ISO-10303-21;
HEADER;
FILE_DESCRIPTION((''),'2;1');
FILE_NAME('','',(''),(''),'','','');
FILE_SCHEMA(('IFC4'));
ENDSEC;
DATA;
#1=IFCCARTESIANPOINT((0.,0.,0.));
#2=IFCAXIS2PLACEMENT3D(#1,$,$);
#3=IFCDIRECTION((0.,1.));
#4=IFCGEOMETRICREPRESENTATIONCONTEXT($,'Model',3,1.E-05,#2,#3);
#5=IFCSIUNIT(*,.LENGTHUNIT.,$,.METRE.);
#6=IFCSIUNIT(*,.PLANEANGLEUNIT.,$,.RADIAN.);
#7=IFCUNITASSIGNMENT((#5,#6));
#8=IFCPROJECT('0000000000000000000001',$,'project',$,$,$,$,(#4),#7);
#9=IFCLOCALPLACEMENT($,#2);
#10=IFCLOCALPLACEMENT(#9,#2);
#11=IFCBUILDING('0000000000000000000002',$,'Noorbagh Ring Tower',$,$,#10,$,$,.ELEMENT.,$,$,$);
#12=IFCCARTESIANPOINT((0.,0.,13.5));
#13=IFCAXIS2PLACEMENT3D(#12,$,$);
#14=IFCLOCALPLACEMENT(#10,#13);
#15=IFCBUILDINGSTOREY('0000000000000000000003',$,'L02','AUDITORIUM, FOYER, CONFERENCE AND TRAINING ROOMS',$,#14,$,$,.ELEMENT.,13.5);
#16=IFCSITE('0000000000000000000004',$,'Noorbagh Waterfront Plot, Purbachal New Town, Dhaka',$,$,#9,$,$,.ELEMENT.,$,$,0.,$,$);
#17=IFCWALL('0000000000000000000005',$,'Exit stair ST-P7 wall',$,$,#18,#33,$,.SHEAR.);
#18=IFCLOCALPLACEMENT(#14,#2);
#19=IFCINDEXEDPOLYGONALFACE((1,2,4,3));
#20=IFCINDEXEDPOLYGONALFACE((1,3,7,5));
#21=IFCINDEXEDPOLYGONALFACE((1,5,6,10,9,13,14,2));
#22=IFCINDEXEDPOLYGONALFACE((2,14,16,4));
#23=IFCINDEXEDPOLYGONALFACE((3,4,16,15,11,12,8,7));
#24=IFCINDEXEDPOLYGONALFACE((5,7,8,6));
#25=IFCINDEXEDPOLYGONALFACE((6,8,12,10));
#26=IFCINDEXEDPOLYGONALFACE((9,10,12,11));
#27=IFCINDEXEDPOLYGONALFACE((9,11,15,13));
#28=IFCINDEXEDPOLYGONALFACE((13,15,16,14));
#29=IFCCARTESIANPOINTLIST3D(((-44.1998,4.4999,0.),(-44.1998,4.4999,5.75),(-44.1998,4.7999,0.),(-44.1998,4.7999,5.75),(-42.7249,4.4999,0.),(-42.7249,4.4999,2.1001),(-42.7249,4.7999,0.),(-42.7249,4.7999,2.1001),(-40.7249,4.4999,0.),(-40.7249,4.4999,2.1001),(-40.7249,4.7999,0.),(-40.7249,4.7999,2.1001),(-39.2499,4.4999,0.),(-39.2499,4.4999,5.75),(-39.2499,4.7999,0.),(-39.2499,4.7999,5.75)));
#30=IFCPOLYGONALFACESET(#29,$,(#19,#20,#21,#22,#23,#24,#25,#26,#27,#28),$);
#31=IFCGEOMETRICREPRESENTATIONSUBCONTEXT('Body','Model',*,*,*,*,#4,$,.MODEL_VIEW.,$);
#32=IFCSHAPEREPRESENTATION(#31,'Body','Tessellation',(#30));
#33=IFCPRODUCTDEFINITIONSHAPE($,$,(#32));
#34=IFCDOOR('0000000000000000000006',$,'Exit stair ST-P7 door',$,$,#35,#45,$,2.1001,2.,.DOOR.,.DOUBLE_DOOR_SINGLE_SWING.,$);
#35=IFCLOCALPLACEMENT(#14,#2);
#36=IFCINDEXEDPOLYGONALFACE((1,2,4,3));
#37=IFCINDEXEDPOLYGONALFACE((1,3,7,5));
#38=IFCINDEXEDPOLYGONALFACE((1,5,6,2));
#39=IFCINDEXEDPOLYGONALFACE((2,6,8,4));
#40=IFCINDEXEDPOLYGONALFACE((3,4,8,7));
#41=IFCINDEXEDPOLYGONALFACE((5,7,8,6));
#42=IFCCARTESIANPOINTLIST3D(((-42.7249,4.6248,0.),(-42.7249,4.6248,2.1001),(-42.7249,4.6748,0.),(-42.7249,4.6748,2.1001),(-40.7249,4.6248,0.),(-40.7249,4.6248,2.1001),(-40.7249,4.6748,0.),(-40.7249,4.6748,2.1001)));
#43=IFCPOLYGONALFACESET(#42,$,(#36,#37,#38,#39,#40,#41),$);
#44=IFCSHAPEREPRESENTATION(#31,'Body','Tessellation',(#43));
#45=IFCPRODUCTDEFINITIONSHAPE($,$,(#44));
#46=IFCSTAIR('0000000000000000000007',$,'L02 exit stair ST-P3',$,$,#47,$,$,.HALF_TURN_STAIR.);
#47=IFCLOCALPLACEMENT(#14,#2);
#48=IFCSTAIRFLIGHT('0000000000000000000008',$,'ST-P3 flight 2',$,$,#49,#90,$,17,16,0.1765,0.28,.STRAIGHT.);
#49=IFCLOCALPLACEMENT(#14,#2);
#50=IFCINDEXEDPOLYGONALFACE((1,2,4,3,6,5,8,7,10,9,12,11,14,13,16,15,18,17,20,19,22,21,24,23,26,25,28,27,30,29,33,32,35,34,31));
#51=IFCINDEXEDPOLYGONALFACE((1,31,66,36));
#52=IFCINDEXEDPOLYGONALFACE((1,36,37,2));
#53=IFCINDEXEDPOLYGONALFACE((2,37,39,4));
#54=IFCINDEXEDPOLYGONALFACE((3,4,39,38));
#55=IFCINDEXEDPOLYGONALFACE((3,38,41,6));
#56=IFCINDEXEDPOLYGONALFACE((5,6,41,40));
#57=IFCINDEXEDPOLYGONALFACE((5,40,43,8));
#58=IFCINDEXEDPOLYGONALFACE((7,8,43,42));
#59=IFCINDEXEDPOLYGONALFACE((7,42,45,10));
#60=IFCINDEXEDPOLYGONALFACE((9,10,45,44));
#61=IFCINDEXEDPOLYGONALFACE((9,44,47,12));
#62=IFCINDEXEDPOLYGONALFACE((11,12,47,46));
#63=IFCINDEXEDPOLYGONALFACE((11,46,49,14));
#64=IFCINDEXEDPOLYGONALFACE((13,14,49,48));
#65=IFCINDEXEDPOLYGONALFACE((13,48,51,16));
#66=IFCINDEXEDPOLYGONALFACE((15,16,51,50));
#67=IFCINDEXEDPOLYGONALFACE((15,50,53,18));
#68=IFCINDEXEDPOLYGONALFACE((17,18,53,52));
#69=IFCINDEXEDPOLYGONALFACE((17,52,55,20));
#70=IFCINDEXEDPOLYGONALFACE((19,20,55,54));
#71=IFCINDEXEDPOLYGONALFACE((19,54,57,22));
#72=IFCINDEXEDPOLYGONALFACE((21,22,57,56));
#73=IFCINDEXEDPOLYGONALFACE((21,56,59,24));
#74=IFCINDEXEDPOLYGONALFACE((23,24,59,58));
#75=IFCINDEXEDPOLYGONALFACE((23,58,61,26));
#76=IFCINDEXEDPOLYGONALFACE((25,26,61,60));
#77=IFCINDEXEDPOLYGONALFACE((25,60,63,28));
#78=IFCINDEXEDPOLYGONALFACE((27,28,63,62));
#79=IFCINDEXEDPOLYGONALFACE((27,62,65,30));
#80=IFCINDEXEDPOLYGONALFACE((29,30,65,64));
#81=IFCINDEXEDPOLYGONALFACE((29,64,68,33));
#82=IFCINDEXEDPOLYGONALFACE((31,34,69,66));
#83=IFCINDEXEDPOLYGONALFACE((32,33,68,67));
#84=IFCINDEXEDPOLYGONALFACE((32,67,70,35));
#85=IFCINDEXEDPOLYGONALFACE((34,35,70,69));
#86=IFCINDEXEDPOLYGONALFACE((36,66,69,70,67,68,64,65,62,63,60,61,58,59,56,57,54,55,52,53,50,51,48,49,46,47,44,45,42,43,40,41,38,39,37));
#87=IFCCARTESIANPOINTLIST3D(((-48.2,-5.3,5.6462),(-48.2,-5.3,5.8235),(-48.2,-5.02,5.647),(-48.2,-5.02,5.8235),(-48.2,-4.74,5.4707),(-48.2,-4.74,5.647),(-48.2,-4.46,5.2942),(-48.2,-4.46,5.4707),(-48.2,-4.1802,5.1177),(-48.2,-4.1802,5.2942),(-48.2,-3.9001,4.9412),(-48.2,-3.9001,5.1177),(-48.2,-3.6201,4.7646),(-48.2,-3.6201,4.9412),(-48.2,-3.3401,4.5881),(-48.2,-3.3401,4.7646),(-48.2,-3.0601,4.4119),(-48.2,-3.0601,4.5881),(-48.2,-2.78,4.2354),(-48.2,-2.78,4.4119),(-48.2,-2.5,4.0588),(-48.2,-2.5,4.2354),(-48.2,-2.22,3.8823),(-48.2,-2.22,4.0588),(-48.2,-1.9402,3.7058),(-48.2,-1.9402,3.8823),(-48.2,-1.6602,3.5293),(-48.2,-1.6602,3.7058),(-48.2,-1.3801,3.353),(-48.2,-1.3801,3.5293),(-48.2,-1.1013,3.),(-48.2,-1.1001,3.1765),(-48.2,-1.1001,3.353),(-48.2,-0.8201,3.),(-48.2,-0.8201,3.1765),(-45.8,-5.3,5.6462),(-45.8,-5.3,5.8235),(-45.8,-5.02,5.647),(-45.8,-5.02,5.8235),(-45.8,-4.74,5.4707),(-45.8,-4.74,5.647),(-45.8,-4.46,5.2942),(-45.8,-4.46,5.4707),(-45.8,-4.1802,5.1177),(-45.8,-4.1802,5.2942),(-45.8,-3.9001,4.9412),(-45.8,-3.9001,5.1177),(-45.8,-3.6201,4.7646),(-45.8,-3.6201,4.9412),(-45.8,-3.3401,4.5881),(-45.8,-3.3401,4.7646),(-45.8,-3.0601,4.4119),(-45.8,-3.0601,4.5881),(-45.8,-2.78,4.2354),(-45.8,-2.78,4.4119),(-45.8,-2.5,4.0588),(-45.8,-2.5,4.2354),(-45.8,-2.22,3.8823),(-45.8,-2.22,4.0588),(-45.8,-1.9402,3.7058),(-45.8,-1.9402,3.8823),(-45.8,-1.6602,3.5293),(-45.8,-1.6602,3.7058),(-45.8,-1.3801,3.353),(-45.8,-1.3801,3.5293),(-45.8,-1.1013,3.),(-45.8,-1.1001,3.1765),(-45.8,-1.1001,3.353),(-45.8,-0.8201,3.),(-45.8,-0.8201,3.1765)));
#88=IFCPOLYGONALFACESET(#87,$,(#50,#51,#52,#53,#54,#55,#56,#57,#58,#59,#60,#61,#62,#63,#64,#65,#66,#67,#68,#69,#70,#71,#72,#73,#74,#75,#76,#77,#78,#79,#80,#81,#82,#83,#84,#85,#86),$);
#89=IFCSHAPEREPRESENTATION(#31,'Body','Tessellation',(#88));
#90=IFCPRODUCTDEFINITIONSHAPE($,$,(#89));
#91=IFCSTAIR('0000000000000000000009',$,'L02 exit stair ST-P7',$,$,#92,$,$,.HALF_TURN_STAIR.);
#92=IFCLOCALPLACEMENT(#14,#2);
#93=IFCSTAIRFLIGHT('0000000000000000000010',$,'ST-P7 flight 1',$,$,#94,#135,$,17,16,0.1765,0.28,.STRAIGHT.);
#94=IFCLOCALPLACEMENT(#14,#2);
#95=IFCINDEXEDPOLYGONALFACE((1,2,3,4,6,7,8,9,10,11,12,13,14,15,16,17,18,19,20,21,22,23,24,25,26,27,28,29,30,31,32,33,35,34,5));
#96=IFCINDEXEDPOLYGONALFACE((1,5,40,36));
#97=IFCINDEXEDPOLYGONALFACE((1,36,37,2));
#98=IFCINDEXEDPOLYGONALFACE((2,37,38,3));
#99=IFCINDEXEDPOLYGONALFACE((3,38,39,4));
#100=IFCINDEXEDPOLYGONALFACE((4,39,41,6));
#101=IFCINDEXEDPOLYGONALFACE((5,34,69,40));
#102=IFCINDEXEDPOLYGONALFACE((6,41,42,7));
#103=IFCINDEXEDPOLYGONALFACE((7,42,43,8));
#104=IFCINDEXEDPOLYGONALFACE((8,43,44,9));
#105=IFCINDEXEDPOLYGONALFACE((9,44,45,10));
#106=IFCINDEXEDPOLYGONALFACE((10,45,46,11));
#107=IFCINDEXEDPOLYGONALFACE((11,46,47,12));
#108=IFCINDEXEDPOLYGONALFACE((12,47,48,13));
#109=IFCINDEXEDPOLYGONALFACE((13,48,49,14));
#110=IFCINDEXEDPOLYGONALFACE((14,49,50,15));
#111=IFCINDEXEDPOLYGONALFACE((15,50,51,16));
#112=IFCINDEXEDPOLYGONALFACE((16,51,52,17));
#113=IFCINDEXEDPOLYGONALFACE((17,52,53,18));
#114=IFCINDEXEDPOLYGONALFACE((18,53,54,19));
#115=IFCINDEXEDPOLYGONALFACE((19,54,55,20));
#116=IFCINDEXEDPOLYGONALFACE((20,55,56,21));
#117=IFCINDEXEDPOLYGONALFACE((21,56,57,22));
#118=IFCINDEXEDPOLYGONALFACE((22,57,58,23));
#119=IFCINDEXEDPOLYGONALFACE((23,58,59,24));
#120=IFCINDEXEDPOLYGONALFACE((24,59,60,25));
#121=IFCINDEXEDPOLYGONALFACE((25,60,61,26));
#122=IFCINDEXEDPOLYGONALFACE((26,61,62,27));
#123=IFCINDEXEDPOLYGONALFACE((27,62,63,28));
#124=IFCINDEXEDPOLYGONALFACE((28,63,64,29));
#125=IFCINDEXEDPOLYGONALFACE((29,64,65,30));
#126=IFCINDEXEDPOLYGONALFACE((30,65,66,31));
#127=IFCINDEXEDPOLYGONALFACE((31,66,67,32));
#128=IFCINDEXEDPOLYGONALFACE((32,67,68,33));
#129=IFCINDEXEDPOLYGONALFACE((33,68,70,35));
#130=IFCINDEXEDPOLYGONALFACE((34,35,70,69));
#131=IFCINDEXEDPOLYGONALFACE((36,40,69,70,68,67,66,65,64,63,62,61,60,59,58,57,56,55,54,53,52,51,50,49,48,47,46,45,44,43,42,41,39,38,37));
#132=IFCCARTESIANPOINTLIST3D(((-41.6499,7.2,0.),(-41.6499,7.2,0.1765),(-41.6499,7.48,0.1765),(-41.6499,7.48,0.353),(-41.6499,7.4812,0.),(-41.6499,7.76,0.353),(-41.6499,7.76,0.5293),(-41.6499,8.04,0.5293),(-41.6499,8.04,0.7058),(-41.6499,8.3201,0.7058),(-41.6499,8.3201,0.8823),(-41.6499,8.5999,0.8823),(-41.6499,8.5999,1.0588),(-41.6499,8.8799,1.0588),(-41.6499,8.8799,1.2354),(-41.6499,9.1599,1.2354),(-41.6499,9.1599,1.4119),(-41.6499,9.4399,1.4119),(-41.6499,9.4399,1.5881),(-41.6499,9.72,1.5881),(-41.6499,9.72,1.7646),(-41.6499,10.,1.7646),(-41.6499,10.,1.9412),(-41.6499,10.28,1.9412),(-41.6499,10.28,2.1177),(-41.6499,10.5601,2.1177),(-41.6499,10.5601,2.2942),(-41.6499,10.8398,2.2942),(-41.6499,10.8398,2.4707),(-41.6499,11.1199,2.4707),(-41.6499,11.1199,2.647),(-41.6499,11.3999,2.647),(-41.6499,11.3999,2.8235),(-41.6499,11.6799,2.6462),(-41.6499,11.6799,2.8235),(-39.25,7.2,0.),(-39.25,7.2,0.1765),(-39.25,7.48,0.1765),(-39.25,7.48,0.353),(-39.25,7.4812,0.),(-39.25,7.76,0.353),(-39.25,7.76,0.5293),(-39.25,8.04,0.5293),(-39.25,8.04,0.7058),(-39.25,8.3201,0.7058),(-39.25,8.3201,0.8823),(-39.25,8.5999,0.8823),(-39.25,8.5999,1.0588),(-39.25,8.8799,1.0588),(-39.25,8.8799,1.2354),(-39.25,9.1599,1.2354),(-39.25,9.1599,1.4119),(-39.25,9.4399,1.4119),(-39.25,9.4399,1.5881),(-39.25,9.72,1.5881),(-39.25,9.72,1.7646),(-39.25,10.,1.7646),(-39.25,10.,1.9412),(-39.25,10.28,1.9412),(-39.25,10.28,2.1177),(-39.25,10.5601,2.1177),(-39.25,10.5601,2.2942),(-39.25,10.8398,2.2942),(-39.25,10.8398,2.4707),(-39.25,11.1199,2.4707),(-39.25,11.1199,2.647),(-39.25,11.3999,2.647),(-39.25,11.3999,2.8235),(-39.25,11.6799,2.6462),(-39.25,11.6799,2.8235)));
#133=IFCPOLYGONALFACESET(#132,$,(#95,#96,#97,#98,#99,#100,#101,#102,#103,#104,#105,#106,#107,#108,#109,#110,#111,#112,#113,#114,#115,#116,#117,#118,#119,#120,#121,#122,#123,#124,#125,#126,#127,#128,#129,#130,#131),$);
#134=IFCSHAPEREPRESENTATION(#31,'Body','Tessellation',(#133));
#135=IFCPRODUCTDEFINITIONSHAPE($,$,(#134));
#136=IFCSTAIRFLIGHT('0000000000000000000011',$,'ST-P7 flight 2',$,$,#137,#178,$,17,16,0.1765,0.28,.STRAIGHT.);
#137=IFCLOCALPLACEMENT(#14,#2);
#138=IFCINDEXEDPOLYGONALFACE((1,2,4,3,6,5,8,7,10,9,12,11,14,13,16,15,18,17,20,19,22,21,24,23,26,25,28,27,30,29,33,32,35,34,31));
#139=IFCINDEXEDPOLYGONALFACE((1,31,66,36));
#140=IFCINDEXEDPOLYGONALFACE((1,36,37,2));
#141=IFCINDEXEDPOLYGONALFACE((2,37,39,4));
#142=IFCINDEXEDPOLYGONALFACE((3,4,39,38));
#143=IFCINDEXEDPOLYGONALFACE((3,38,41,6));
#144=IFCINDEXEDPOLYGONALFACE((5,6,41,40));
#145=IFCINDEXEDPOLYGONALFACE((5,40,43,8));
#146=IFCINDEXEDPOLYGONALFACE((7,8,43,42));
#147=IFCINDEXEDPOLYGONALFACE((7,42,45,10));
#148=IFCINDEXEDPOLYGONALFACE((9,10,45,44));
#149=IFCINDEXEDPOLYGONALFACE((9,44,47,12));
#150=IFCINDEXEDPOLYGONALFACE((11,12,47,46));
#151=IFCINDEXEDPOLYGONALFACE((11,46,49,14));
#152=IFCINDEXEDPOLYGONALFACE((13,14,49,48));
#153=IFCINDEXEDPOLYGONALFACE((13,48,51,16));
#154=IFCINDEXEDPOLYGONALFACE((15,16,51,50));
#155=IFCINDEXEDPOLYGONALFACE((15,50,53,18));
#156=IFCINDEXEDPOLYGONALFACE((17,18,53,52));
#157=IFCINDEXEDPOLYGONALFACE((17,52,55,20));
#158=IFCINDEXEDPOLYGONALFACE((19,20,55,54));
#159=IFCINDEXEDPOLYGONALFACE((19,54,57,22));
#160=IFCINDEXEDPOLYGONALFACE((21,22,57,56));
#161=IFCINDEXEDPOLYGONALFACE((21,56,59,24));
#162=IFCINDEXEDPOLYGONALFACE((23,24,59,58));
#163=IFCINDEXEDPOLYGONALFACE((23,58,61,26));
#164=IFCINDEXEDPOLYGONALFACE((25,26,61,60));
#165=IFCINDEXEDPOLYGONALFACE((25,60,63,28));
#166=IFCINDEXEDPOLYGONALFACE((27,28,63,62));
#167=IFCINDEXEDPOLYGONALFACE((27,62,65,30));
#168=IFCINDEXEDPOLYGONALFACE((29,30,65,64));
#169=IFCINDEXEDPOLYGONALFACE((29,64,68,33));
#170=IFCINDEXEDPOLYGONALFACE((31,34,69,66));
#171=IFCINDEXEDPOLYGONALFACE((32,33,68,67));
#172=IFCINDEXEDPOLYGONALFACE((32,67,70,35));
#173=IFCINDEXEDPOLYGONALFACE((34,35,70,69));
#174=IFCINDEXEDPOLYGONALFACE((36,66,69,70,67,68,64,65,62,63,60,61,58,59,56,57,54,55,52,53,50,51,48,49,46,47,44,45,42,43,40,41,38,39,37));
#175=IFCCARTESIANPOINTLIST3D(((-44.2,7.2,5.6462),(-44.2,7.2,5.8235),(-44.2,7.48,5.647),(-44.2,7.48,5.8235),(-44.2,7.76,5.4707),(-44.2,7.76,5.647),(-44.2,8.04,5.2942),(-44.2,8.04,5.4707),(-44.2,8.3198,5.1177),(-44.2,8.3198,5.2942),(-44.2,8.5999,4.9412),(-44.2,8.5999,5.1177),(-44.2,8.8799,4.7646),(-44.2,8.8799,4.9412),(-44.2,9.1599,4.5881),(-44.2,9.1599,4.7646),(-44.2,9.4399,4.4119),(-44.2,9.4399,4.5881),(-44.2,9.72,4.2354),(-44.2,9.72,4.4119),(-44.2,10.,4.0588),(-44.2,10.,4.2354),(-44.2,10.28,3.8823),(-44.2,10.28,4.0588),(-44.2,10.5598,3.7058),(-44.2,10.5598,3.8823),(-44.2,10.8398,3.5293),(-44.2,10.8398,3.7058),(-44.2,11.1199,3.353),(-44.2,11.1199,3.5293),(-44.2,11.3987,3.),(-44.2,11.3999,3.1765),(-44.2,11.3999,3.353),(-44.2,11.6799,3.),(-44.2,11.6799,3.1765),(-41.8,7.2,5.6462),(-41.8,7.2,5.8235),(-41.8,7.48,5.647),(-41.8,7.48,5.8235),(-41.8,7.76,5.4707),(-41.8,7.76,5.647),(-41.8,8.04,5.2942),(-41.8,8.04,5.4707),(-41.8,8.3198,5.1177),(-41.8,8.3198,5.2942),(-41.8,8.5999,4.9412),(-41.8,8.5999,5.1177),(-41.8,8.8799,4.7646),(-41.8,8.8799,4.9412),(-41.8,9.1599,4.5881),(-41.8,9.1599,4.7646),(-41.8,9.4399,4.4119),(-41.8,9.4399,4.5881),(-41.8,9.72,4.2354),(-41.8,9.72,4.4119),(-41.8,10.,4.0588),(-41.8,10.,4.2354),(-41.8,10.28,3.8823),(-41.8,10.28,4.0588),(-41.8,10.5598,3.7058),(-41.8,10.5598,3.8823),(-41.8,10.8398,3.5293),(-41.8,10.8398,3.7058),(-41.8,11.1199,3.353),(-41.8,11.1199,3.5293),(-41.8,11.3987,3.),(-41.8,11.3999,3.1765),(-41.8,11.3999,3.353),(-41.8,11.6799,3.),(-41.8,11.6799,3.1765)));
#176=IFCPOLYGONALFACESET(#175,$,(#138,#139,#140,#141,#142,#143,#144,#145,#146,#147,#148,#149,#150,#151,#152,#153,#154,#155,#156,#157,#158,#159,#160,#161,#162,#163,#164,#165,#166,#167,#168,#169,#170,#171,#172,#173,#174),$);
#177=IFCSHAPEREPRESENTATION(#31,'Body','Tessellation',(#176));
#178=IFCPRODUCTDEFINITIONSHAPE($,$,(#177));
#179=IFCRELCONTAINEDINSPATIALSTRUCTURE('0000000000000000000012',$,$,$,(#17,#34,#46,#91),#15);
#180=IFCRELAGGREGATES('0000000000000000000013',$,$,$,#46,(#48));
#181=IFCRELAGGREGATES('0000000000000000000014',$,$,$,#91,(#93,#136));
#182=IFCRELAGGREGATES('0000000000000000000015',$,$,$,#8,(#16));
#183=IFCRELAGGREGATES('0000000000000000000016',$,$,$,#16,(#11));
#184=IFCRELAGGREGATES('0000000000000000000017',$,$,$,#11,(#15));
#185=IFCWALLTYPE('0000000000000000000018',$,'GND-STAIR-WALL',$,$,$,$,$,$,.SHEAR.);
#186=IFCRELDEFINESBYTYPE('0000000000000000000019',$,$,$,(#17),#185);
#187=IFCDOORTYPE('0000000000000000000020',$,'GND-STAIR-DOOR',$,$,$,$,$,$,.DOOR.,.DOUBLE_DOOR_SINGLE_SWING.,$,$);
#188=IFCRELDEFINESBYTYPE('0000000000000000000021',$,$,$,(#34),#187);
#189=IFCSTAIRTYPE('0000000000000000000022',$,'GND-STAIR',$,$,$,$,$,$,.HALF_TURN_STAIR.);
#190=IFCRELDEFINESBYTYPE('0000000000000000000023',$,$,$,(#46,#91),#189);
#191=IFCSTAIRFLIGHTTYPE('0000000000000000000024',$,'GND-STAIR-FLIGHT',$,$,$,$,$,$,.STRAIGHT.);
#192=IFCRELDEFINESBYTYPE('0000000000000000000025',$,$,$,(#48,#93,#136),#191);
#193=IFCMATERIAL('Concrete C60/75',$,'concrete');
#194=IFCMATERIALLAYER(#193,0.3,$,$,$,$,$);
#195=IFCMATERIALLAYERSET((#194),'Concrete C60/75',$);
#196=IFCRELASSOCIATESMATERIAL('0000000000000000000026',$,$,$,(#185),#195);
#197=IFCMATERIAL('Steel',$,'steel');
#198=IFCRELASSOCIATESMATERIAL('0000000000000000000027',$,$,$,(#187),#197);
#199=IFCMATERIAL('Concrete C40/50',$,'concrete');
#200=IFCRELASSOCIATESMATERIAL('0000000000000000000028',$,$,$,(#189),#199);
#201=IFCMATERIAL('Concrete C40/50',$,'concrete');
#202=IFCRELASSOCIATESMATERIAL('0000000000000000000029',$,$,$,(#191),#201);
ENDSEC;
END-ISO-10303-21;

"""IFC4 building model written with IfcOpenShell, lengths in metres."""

from ifc_helpers import new_model, si_unit, direction, frame, frame_2d, origin, place, context, subcontext, project, spatial, polyline, rectangle, outline, extrude, material, layer, layer_set, type_object, element, fill, aggregate, save


model = new_model("IFC4")

# Units and contexts
model_context = context("Model", 3, precision=1e-05, world=origin(), true_north=direction((0.0, 1.0)))
body_context = subcontext(model_context, "Body", "Model", "MODEL_VIEW")
ifc_project = project(units=[si_unit("LENGTHUNIT", "METRE"), si_unit("PLANEANGLEUNIT", "RADIAN")], contexts=[model_context])

# Site, building, storey
site_placement = place(None, origin())
site = spatial("IfcSite", under=ifc_project, at=site_placement, Name="Noorbagh Waterfront Plot, Purbachal New Town, Dhaka", CompositionType="ELEMENT", RefElevation=0.0)
building_placement = place(site_placement, origin())
building = spatial("IfcBuilding", under=site, at=building_placement, Name="Noorbagh Ring Tower", CompositionType="ELEMENT")
storey_placement = place(building_placement, frame((0.0, 0.0, 13.5)))
storey = spatial("IfcBuildingStorey", under=building, at=storey_placement, Name="L02", Description="AUDITORIUM, FOYER, CONFERENCE AND TRAINING ROOMS", CompositionType="ELEMENT", Elevation=13.5)

# Shared definitions
ifc_material_1 = material(Name="Concrete C60/75", Category="concrete")
ifc_layer_1 = layer(ifc_material_1, 0.3)
ifc_layer_set_1 = layer_set([ifc_layer_1], Name="Concrete C60/75")
wall_type_1 = type_object("IfcWallType", Name="GND-STAIR-WALL", PredefinedType="SHEAR", material=ifc_layer_set_1)

# Wall, opening, door
wall_1_placement = place(storey_placement, frame((-44.2, 4.6499, 0.0), z_axis=(0.0, 0.0, 1.0), x_axis=(1.0, 0.0, 0.0)))
wall_1 = element("IfcWall", 1, at=wall_1_placement, inside=storey, type_object=wall_type_1, Name="Exit stair ST-P7 wall", PredefinedType="SHEAR", context=body_context, shape_type="SweptSolid", body=[
    extrude(rectangle(XDim=4.95, YDim=0.3, at=frame_2d((2.4751, 0.0))), origin(), (0.0, 0.0, 1.0), 5.75),
])
opening_1_placement = place(wall_1_placement, frame((1.4751, 0.0, 0.0)))
opening_1 = element("IfcOpeningElement", 2, at=opening_1_placement, cuts=wall_1, PredefinedType="OPENING", context=body_context, shape_type="SweptSolid", body=[
    extrude(rectangle(XDim=2.0, YDim=2.1001, at=frame_2d((1.0, 1.05))), frame((0.0, 0.1602, 0.0), z_axis=(0.0, -1.0, 0.0), x_axis=(1.0, 0.0, 0.0)), (0.0, 0.0, 1.0), 0.3201),
])
ifc_material_2 = material(Name="Steel", Category="steel")
door_type_1 = type_object("IfcDoorType", Name="GND-STAIR-DOOR", OperationType="DOUBLE_DOOR_SINGLE_SWING", PredefinedType="DOOR", material=ifc_material_2)
door_1_placement = place(opening_1_placement, origin())
door_1 = element("IfcDoor", 3, at=door_1_placement, inside=storey, type_object=door_type_1, Name="Exit stair ST-P7 door", OperationType="DOUBLE_DOOR_SINGLE_SWING", OverallHeight=2.1001, OverallWidth=2.0, PredefinedType="DOOR", context=body_context, shape_type="SweptSolid", body=[
    extrude(rectangle(XDim=2.0, YDim=2.1001, at=frame_2d((1.0, 1.05))), frame((0.0, 0.0249, 0.0), z_axis=(0.0, -1.0, 0.0), x_axis=(1.0, 0.0, 0.0)), (0.0, 0.0, 1.0), 0.05),
])
fill(opening_1, door_1)

# Stair, stair flight
ifc_material_3 = material(Name="Concrete C40/50", Category="concrete")
stair_type = type_object("IfcStairType", Name="GND-STAIR", PredefinedType="HALF_TURN_STAIR", material=ifc_material_3)
stair_1_placement = place(storey_placement, origin())
stair_1 = element("IfcStair", 4, at=stair_1_placement, inside=storey, type_object=stair_type, Name="L02 exit stair ST-P3", PredefinedType="HALF_TURN_STAIR")
ifc_material_4 = material(Name="Concrete C40/50", Category="concrete")
stair_flight_type = type_object("IfcStairFlightType", Name="GND-STAIR-FLIGHT", PredefinedType="STRAIGHT", material=ifc_material_4)
stair_flight_1_placement = place(storey_placement, frame((-47.0, -0.8201, 3.0), z_axis=(0.0, 0.0, 1.0), x_axis=(0.0, -1.0, 0.0)))
stair_flight_1 = element("IfcStairFlight", 5, at=stair_flight_1_placement, type_object=stair_flight_type, Name="ST-P3 flight 2", NumberOfRisers=17, NumberOfTreads=16, PredefinedType="STRAIGHT", RiserHeight=0.1765, TreadLength=0.28, context=body_context, shape_type="SweptSolid", body=[
    extrude(outline(polyline([(0.0, 0.0), (0.0, 0.1765), (0.28, 0.1765), (0.28, 0.353), (0.5601, 0.353), (0.5601, 0.5293), (0.8401, 0.5293), (0.8401, 0.7058), (1.1201, 0.7058), (1.1201, 0.8823), (1.3999, 0.8823), (1.3999, 1.0588), (1.6799, 1.0588), (1.6799, 1.2354), (1.96, 1.2354), (1.96, 1.4119), (2.24, 1.4119), (2.24, 1.5881), (2.52, 1.5881), (2.52, 1.7646), (2.8, 1.7646), (2.8, 1.9412), (3.0801, 1.9412), (3.0801, 2.1177), (3.3601, 2.1177), (3.3601, 2.2942), (3.6399, 2.2942), (3.6399, 2.4707), (3.9199, 2.4707), (3.9199, 2.647), (4.2, 2.647), (4.2, 2.8235), (4.48, 2.8235), (4.48, 3.0), (4.48, 2.6462), (0.2812, 0.0), (0.0, 0.0)])), frame((0.0, 1.2, 0.0), z_axis=(0.0, -1.0, 0.0), x_axis=(1.0, 0.0, 0.0)), (0.0, 0.0, 1.0), 2.3999),
])
aggregate(stair_1, [stair_flight_1])

# Stair, stair flights
stair_2_placement = place(storey_placement, origin())
stair_2 = element("IfcStair", 6, at=stair_2_placement, inside=storey, type_object=stair_type, Name="L02 exit stair ST-P7", PredefinedType="HALF_TURN_STAIR")
stair_flight_2_placement = place(storey_placement, frame((-40.45, 7.2, 0.0), z_axis=(0.0, 0.0, 1.0), x_axis=(0.0, 1.0, 0.0)))
stair_flight_2 = element("IfcStairFlight", 7, at=stair_flight_2_placement, type_object=stair_flight_type, Name="ST-P7 flight 1", NumberOfRisers=17, NumberOfTreads=16, PredefinedType="STRAIGHT", RiserHeight=0.1765, TreadLength=0.28, context=body_context, shape_type="SweptSolid", body=[
    extrude(outline(polyline([(0.0, 0.0), (0.0, 0.1765), (0.28, 0.1765), (0.28, 0.353), (0.5601, 0.353), (0.5601, 0.5293), (0.8401, 0.5293), (0.8401, 0.7058), (1.1201, 0.7058), (1.1201, 0.8823), (1.3999, 0.8823), (1.3999, 1.0588), (1.6799, 1.0588), (1.6799, 1.2354), (1.96, 1.2354), (1.96, 1.4119), (2.24, 1.4119), (2.24, 1.5881), (2.52, 1.5881), (2.52, 1.7646), (2.8, 1.7646), (2.8, 1.9412), (3.0801, 1.9412), (3.0801, 2.1177), (3.3601, 2.1177), (3.3601, 2.2942), (3.6399, 2.2942), (3.6399, 2.4707), (3.9199, 2.4707), (3.9199, 2.647), (4.2, 2.647), (4.2, 2.8235), (4.48, 2.8235), (4.48, 3.0), (4.48, 2.6462), (0.2812, 0.0), (0.0, 0.0)])), frame((0.0, 1.2, 0.0), z_axis=(0.0, -1.0, 0.0), x_axis=(1.0, 0.0, 0.0)), (0.0, 0.0, 1.0), 2.3999),
])
stair_flight_3_placement = place(storey_placement, frame((-43.0, 11.6799, 3.0), z_axis=(0.0, 0.0, 1.0), x_axis=(0.0, -1.0, 0.0)))
stair_flight_3 = element("IfcStairFlight", 8, at=stair_flight_3_placement, type_object=stair_flight_type, Name="ST-P7 flight 2", NumberOfRisers=17, NumberOfTreads=16, PredefinedType="STRAIGHT", RiserHeight=0.1765, TreadLength=0.28, context=body_context, shape_type="SweptSolid", body=[
    extrude(outline(polyline([(0.0, 0.0), (0.0, 0.1765), (0.28, 0.1765), (0.28, 0.353), (0.5601, 0.353), (0.5601, 0.5293), (0.8401, 0.5293), (0.8401, 0.7058), (1.1201, 0.7058), (1.1201, 0.8823), (1.3999, 0.8823), (1.3999, 1.0588), (1.6799, 1.0588), (1.6799, 1.2354), (1.96, 1.2354), (1.96, 1.4119), (2.24, 1.4119), (2.24, 1.5881), (2.52, 1.5881), (2.52, 1.7646), (2.8, 1.7646), (2.8, 1.9412), (3.0801, 1.9412), (3.0801, 2.1177), (3.3601, 2.1177), (3.3601, 2.2942), (3.6399, 2.2942), (3.6399, 2.4707), (3.9199, 2.4707), (3.9199, 2.647), (4.2, 2.647), (4.2, 2.8235), (4.48, 2.8235), (4.48, 3.0), (4.48, 2.6462), (0.2812, 0.0), (0.0, 0.0)])), frame((0.0, 1.2, 0.0), z_axis=(0.0, -1.0, 0.0), x_axis=(1.0, 0.0, 0.0)), (0.0, 0.0, 1.0), 2.3999),
])
aggregate(stair_2, [stair_flight_2, stair_flight_3])

save(model, "model.ifc")
